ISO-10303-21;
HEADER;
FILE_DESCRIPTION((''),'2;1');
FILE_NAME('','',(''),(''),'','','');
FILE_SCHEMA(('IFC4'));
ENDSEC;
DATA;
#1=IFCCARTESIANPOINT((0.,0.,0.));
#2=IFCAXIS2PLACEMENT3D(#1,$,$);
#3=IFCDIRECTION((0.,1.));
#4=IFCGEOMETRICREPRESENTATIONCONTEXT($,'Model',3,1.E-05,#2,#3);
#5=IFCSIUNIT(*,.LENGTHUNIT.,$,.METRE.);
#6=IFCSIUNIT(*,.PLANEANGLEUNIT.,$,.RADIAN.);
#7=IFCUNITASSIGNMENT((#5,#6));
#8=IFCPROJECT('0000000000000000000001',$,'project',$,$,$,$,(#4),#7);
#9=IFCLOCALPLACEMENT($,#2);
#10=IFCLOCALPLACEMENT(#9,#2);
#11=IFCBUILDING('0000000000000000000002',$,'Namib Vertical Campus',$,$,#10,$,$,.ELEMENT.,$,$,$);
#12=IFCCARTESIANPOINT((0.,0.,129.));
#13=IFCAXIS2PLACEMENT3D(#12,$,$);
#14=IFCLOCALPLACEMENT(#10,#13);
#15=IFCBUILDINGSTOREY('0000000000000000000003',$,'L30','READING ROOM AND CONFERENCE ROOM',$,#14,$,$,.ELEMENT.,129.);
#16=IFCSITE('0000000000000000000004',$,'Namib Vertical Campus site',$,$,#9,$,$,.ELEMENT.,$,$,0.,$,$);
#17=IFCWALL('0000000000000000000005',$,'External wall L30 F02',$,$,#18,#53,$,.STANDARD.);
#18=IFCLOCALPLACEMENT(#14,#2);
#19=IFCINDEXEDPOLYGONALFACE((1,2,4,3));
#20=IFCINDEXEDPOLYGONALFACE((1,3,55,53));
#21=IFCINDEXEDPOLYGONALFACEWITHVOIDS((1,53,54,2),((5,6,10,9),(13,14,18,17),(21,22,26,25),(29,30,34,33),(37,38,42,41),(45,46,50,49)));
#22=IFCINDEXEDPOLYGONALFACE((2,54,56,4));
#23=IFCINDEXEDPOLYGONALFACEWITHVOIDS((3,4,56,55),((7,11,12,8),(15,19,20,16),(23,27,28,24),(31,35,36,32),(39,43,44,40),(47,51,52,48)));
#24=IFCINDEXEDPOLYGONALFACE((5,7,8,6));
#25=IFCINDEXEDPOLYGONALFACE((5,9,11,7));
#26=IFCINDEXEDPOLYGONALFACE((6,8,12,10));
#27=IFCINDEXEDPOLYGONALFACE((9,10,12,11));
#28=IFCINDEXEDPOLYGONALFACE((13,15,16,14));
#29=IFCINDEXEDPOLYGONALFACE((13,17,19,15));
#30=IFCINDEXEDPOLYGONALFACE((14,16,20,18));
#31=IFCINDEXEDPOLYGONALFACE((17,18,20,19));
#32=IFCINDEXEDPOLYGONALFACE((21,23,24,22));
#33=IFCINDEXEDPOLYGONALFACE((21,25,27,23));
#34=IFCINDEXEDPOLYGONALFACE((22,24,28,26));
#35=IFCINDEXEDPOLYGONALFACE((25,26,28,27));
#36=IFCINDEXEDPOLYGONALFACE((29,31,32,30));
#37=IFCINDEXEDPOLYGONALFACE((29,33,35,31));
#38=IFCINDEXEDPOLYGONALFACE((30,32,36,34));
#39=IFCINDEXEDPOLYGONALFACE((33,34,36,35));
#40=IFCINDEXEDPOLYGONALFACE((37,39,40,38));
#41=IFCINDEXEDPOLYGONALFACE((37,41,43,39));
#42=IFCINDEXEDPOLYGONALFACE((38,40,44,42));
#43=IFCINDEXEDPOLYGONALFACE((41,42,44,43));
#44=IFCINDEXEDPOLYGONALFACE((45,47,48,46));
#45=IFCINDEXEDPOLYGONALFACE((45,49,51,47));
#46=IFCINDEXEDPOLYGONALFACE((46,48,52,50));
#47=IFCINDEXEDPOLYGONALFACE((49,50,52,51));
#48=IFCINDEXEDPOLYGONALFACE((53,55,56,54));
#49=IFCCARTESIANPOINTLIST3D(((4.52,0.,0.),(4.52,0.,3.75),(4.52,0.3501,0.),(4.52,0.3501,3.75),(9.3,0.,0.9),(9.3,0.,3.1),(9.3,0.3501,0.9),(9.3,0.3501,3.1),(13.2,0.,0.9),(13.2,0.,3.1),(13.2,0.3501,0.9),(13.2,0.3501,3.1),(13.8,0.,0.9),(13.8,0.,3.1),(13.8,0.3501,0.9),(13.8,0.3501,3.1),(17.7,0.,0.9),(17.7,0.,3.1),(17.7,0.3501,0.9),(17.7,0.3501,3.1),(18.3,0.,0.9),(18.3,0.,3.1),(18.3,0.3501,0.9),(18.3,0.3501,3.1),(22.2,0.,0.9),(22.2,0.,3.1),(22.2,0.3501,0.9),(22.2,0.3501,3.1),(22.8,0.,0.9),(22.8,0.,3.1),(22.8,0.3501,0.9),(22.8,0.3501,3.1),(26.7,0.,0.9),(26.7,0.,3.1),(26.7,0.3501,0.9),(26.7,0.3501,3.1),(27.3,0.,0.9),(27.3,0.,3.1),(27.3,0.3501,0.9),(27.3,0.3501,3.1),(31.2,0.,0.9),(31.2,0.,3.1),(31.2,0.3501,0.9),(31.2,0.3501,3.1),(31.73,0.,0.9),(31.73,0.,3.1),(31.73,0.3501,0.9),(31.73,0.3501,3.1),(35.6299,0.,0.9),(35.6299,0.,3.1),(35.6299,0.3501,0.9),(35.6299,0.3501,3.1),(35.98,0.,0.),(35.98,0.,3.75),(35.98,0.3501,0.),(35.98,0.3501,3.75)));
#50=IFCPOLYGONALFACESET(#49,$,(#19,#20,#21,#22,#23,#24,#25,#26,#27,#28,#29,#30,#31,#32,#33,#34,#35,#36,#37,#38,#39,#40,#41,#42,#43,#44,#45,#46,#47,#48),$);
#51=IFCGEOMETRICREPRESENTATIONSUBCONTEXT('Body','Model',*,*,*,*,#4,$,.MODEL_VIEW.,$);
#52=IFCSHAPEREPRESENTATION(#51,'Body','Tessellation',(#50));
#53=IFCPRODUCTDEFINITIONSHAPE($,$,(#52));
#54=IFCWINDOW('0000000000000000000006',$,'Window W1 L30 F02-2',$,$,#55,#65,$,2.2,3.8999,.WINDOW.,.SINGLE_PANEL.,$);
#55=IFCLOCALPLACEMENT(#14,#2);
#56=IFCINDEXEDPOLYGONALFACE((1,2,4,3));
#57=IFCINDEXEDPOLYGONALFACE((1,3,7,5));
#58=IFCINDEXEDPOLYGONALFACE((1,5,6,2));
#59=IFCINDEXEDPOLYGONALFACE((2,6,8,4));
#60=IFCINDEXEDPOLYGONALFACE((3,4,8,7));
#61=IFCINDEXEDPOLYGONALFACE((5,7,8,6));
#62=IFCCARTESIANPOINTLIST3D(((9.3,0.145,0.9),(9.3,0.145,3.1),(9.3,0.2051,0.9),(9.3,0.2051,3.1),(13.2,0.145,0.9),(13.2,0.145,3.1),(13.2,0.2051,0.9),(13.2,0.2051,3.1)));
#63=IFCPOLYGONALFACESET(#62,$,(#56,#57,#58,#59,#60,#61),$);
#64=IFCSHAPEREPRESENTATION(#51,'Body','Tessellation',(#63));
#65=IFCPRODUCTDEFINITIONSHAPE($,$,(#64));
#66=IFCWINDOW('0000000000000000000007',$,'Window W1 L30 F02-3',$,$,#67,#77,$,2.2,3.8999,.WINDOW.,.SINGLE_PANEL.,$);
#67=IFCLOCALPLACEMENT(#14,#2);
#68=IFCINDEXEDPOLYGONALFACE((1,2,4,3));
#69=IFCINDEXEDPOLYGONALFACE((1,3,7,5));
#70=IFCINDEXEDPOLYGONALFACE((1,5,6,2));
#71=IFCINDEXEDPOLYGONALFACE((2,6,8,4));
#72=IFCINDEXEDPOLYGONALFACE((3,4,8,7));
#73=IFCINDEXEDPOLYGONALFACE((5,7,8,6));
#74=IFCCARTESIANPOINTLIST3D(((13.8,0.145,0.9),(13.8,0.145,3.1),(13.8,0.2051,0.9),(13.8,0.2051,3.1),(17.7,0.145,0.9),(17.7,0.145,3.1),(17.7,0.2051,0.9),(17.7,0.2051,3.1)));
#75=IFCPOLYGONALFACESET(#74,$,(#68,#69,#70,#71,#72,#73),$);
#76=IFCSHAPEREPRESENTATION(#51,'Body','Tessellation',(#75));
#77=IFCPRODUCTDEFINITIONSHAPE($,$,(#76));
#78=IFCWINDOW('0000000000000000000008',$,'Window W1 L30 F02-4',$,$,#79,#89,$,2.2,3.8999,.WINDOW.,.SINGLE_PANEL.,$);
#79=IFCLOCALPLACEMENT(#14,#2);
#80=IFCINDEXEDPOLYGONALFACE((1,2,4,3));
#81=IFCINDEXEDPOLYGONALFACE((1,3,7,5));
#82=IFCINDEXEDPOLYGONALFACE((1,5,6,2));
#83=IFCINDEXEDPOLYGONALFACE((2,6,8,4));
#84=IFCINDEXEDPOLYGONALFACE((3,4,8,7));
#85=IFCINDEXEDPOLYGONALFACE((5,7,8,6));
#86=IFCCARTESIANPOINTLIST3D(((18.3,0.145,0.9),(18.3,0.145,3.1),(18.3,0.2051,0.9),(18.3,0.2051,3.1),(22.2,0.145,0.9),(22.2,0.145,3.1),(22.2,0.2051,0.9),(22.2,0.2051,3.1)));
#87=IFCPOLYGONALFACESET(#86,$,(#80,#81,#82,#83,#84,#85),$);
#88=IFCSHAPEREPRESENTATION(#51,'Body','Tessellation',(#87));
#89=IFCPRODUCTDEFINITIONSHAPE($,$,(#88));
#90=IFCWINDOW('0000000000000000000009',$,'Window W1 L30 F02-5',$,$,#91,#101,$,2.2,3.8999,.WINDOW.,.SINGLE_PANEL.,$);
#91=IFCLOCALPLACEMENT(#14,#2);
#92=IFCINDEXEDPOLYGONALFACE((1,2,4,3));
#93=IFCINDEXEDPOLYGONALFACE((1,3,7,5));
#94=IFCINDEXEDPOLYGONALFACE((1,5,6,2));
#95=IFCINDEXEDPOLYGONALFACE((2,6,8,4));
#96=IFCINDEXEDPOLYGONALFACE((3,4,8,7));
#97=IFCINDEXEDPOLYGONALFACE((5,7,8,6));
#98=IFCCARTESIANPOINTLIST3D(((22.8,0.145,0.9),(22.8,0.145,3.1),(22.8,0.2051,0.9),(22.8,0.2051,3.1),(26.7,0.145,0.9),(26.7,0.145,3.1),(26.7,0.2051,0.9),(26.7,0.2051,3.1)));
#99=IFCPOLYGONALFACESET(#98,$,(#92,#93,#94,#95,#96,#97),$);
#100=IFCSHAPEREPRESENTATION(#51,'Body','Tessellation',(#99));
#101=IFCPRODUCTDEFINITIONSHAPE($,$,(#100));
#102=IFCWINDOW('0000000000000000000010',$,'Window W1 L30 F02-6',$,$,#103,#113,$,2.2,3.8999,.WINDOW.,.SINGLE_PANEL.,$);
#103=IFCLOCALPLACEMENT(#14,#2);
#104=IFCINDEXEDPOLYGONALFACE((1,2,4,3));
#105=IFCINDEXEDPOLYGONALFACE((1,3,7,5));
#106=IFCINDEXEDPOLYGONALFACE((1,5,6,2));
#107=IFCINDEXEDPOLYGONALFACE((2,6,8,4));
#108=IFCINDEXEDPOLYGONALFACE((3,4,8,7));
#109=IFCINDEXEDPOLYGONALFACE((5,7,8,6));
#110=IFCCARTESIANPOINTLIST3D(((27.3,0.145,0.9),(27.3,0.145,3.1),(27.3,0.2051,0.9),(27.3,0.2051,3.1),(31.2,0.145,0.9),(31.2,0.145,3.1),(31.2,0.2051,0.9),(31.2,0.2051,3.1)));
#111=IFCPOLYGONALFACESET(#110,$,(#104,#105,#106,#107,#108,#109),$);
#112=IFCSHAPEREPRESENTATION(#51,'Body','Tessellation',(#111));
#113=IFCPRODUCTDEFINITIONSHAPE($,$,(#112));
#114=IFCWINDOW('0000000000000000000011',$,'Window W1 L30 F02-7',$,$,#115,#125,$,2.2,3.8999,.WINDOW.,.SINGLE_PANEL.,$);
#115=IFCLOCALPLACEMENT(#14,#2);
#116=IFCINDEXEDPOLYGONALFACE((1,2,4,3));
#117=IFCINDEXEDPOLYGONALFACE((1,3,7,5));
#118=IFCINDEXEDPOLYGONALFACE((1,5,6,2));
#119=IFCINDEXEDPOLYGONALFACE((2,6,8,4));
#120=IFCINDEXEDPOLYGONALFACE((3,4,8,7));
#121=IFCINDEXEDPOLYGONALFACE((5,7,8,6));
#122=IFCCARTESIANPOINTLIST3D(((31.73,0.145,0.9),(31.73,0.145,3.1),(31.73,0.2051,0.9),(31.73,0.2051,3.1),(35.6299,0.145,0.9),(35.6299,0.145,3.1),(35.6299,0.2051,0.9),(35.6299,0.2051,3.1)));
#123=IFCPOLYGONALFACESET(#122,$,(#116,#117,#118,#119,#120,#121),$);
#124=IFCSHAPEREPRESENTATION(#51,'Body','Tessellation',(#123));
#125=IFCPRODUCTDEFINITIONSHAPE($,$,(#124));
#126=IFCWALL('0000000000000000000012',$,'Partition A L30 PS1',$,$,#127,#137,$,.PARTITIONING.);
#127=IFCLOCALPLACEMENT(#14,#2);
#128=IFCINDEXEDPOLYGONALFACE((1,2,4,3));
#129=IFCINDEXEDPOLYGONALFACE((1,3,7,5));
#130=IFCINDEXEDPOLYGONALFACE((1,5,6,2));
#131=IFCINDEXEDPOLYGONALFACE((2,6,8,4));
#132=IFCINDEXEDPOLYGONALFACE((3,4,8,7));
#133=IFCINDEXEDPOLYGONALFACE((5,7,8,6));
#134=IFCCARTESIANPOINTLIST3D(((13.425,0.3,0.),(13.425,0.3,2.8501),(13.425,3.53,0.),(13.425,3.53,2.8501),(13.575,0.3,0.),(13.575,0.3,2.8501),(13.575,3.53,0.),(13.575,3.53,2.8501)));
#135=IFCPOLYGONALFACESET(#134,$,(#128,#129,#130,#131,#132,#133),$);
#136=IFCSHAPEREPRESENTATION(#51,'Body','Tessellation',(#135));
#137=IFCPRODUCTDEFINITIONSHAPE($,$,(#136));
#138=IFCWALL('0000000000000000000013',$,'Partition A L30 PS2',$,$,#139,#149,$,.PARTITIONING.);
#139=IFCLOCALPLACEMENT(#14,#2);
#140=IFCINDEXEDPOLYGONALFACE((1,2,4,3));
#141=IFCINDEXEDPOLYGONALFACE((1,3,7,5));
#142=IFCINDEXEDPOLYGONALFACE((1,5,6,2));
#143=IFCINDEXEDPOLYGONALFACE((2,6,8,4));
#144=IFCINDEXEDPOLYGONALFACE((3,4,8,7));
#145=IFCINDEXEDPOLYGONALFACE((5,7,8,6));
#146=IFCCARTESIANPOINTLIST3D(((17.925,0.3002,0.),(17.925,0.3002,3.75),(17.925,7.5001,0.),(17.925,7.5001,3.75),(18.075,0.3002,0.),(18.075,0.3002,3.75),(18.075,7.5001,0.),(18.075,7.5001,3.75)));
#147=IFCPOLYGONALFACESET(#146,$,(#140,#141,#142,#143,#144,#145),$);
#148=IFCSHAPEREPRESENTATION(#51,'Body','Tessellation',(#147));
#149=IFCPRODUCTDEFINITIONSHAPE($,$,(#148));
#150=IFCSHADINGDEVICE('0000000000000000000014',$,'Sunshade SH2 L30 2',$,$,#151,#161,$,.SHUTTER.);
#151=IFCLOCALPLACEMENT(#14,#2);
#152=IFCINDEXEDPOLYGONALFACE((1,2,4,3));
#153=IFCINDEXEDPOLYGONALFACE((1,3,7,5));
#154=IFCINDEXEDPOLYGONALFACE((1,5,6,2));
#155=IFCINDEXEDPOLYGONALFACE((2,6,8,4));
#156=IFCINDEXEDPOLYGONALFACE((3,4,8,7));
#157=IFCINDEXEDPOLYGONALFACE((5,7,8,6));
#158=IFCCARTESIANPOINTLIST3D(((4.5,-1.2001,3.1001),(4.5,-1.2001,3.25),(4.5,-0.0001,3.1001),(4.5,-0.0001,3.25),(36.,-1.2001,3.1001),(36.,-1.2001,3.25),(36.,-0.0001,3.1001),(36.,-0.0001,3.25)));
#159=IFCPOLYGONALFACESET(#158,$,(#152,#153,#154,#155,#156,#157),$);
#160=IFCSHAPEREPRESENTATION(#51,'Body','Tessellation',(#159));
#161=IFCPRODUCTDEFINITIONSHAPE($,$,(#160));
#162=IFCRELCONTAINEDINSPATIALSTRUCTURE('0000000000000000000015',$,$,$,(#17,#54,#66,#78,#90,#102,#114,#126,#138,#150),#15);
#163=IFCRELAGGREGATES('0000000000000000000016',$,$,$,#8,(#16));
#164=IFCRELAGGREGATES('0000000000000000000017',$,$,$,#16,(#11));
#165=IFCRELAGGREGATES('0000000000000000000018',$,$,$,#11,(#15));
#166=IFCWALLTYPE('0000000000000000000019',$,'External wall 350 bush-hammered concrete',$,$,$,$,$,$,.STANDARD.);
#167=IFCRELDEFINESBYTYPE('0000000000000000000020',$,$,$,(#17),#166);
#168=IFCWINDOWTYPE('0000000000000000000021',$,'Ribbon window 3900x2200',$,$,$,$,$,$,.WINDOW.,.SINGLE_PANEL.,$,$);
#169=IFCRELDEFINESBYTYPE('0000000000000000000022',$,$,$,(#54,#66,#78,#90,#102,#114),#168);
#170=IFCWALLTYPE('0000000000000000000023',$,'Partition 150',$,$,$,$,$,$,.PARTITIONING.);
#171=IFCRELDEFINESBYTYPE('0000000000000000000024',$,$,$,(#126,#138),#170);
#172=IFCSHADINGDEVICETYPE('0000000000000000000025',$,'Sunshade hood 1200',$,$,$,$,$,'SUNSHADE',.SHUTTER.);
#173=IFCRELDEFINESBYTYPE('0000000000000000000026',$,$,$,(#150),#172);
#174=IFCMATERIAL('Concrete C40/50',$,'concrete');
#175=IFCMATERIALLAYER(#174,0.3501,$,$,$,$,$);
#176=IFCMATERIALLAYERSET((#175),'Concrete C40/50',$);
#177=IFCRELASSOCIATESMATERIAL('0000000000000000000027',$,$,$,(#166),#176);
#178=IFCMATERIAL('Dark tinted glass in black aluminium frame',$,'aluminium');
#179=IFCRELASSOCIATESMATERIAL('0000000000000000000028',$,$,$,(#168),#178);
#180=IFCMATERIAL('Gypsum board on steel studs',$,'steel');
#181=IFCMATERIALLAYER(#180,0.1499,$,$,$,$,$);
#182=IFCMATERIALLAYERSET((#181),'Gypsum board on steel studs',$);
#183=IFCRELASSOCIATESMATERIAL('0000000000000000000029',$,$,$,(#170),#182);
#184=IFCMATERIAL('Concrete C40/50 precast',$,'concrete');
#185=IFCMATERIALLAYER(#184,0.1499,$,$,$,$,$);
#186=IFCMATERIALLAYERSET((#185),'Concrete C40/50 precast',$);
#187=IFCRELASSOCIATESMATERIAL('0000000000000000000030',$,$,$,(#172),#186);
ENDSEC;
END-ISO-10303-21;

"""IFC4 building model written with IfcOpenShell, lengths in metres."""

from ifc_helpers import new_model, si_unit, direction, frame, frame_2d, origin, origin_2d, place, context, subcontext, project, spatial, rectangle, extrude, material, layer, layer_set, type_object, element, fill, save


model = new_model("IFC4")

# Units and contexts
model_context = context("Model", 3, precision=1e-05, world=origin(), true_north=direction((0.0, 1.0)))
body_context = subcontext(model_context, "Body", "Model", "MODEL_VIEW")
ifc_project = project(units=[si_unit("LENGTHUNIT", "METRE"), si_unit("PLANEANGLEUNIT", "RADIAN")], contexts=[model_context])

# Site, building, storey
site_placement = place(None, origin())
site = spatial("IfcSite", under=ifc_project, at=site_placement, Name="Namib Vertical Campus site", CompositionType="ELEMENT", RefElevation=0.0)
building_placement = place(site_placement, origin())
building = spatial("IfcBuilding", under=site, at=building_placement, Name="Namib Vertical Campus", CompositionType="ELEMENT")
storey_placement = place(building_placement, frame((0.0, 0.0, 129.0)))
storey = spatial("IfcBuildingStorey", under=building, at=storey_placement, Name="L30", Description="READING ROOM AND CONFERENCE ROOM", CompositionType="ELEMENT", Elevation=129.0)

# Shared definitions
ifc_material_1 = material(Name="Concrete C40/50", Category="concrete")
ifc_layer_1 = layer(ifc_material_1, 0.3501)
ifc_layer_set_1 = layer_set([ifc_layer_1], Name="Concrete C40/50")
wall_type_1 = type_object("IfcWallType", Name="External wall 350 bush-hammered concrete", PredefinedType="STANDARD", material=ifc_layer_set_1)

# Wall, openings, windows
wall_1_placement = place(storey_placement, frame((4.52, 0.175, 0.0), z_axis=(0.0, 0.0, 1.0), x_axis=(1.0, 0.0, 0.0)))
wall_1 = element("IfcWall", 1, at=wall_1_placement, inside=storey, type_object=wall_type_1, Name="External wall L30 F02", PredefinedType="STANDARD", context=body_context, shape_type="SweptSolid", body=[
    extrude(rectangle(XDim=31.46, YDim=0.3501, at=frame_2d((15.73, 0.0))), origin(), (0.0, 0.0, 1.0), 3.75),
])
opening_1_placement = place(wall_1_placement, frame((4.78, 0.0, 0.8999)))
opening_1 = element("IfcOpeningElement", 2, at=opening_1_placement, cuts=wall_1, PredefinedType="OPENING", context=body_context, shape_type="SweptSolid", body=[
    extrude(rectangle(XDim=3.8999, YDim=2.2, at=frame_2d((1.95, 1.1001))), frame((0.0, 0.1851, 0.0), z_axis=(0.0, -1.0, 0.0), x_axis=(1.0, 0.0, 0.0)), (0.0, 0.0, 1.0), 0.3701),
])
opening_2_placement = place(wall_1_placement, frame((9.28, 0.0, 0.8999)))
opening_2 = element("IfcOpeningElement", 3, at=opening_2_placement, cuts=wall_1, PredefinedType="OPENING", context=body_context, shape_type="SweptSolid", body=[
    extrude(rectangle(XDim=3.8999, YDim=2.2, at=frame_2d((1.95, 1.1001))), frame((0.0, 0.1851, 0.0), z_axis=(0.0, -1.0, 0.0), x_axis=(1.0, 0.0, 0.0)), (0.0, 0.0, 1.0), 0.3701),
])
opening_3_placement = place(wall_1_placement, frame((13.78, 0.0, 0.8999)))
opening_3 = element("IfcOpeningElement", 4, at=opening_3_placement, cuts=wall_1, PredefinedType="OPENING", context=body_context, shape_type="SweptSolid", body=[
    extrude(rectangle(XDim=3.8999, YDim=2.2, at=frame_2d((1.95, 1.1001))), frame((0.0, 0.1851, 0.0), z_axis=(0.0, -1.0, 0.0), x_axis=(1.0, 0.0, 0.0)), (0.0, 0.0, 1.0), 0.3701),
])
opening_4_placement = place(wall_1_placement, frame((18.28, 0.0, 0.8999)))
opening_4 = element("IfcOpeningElement", 5, at=opening_4_placement, cuts=wall_1, PredefinedType="OPENING", context=body_context, shape_type="SweptSolid", body=[
    extrude(rectangle(XDim=3.8999, YDim=2.2, at=frame_2d((1.95, 1.1001))), frame((0.0, 0.1851, 0.0), z_axis=(0.0, -1.0, 0.0), x_axis=(1.0, 0.0, 0.0)), (0.0, 0.0, 1.0), 0.3701),
])
opening_5_placement = place(wall_1_placement, frame((22.78, 0.0, 0.8999)))
opening_5 = element("IfcOpeningElement", 6, at=opening_5_placement, cuts=wall_1, PredefinedType="OPENING", context=body_context, shape_type="SweptSolid", body=[
    extrude(rectangle(XDim=3.8999, YDim=2.2, at=frame_2d((1.95, 1.1001))), frame((0.0, 0.1851, 0.0), z_axis=(0.0, -1.0, 0.0), x_axis=(1.0, 0.0, 0.0)), (0.0, 0.0, 1.0), 0.3701),
])
opening_6_placement = place(wall_1_placement, frame((27.21, 0.0, 0.8999)))
opening_6 = element("IfcOpeningElement", 7, at=opening_6_placement, cuts=wall_1, PredefinedType="OPENING", context=body_context, shape_type="SweptSolid", body=[
    extrude(rectangle(XDim=3.8999, YDim=2.2, at=frame_2d((1.95, 1.1001))), frame((0.0, 0.1851, 0.0), z_axis=(0.0, -1.0, 0.0), x_axis=(1.0, 0.0, 0.0)), (0.0, 0.0, 1.0), 0.3701),
])
ifc_material_2 = material(Name="Dark tinted glass in black aluminium frame", Category="aluminium")
window_type = type_object("IfcWindowType", Name="Ribbon window 3900x2200", PartitioningType="SINGLE_PANEL", PredefinedType="WINDOW", material=ifc_material_2)
window_1_placement = place(opening_1_placement, origin())
window_1 = element("IfcWindow", 8, at=window_1_placement, inside=storey, type_object=window_type, Name="Window W1 L30 F02-2", OverallHeight=2.2, OverallWidth=3.8999, PartitioningType="SINGLE_PANEL", PredefinedType="WINDOW", context=body_context, shape_type="SweptSolid", body=[
    extrude(rectangle(XDim=3.8999, YDim=2.2, at=frame_2d((1.95, 1.1001))), frame((0.0, 0.03, 0.0), z_axis=(0.0, -1.0, 0.0), x_axis=(1.0, 0.0, 0.0)), (0.0, 0.0, 1.0), 0.0601),
])
fill(opening_1, window_1)
window_2_placement = place(opening_2_placement, origin())
window_2 = element("IfcWindow", 9, at=window_2_placement, inside=storey, type_object=window_type, Name="Window W1 L30 F02-3", OverallHeight=2.2, OverallWidth=3.8999, PartitioningType="SINGLE_PANEL", PredefinedType="WINDOW", context=body_context, shape_type="SweptSolid", body=[
    extrude(rectangle(XDim=3.8999, YDim=2.2, at=frame_2d((1.95, 1.1001))), frame((0.0, 0.03, 0.0), z_axis=(0.0, -1.0, 0.0), x_axis=(1.0, 0.0, 0.0)), (0.0, 0.0, 1.0), 0.0601),
])
fill(opening_2, window_2)
window_3_placement = place(opening_3_placement, origin())
window_3 = element("IfcWindow", 10, at=window_3_placement, inside=storey, type_object=window_type, Name="Window W1 L30 F02-4", OverallHeight=2.2, OverallWidth=3.8999, PartitioningType="SINGLE_PANEL", PredefinedType="WINDOW", context=body_context, shape_type="SweptSolid", body=[
    extrude(rectangle(XDim=3.8999, YDim=2.2, at=frame_2d((1.95, 1.1001))), frame((0.0, 0.03, 0.0), z_axis=(0.0, -1.0, 0.0), x_axis=(1.0, 0.0, 0.0)), (0.0, 0.0, 1.0), 0.0601),
])
fill(opening_3, window_3)
window_4_placement = place(opening_4_placement, origin())
window_4 = element("IfcWindow", 11, at=window_4_placement, inside=storey, type_object=window_type, Name="Window W1 L30 F02-5", OverallHeight=2.2, OverallWidth=3.8999, PartitioningType="SINGLE_PANEL", PredefinedType="WINDOW", context=body_context, shape_type="SweptSolid", body=[
    extrude(rectangle(XDim=3.8999, YDim=2.2, at=frame_2d((1.95, 1.1001))), frame((0.0, 0.03, 0.0), z_axis=(0.0, -1.0, 0.0), x_axis=(1.0, 0.0, 0.0)), (0.0, 0.0, 1.0), 0.0601),
])
fill(opening_4, window_4)
window_5_placement = place(opening_5_placement, origin())
window_5 = element("IfcWindow", 12, at=window_5_placement, inside=storey, type_object=window_type, Name="Window W1 L30 F02-6", OverallHeight=2.2, OverallWidth=3.8999, PartitioningType="SINGLE_PANEL", PredefinedType="WINDOW", context=body_context, shape_type="SweptSolid", body=[
    extrude(rectangle(XDim=3.8999, YDim=2.2, at=frame_2d((1.95, 1.1001))), frame((0.0, 0.03, 0.0), z_axis=(0.0, -1.0, 0.0), x_axis=(1.0, 0.0, 0.0)), (0.0, 0.0, 1.0), 0.0601),
])
fill(opening_5, window_5)
window_6_placement = place(opening_6_placement, origin())
window_6 = element("IfcWindow", 13, at=window_6_placement, inside=storey, type_object=window_type, Name="Window W1 L30 F02-7", OverallHeight=2.2, OverallWidth=3.8999, PartitioningType="SINGLE_PANEL", PredefinedType="WINDOW", context=body_context, shape_type="SweptSolid", body=[
    extrude(rectangle(XDim=3.8999, YDim=2.2, at=frame_2d((1.95, 1.1001))), frame((0.0, 0.03, 0.0), z_axis=(0.0, -1.0, 0.0), x_axis=(1.0, 0.0, 0.0)), (0.0, 0.0, 1.0), 0.0601),
])
fill(opening_6, window_6)

# Walls
ifc_material_3 = material(Name="Gypsum board on steel studs", Category="steel")
ifc_layer_2 = layer(ifc_material_3, 0.1499)
ifc_layer_set_2 = layer_set([ifc_layer_2], Name="Gypsum board on steel studs")
wall_type_2 = type_object("IfcWallType", Name="Partition 150", PredefinedType="PARTITIONING", material=ifc_layer_set_2)
wall_2_placement = place(storey_placement, frame((13.5, 0.3, 0.0), z_axis=(0.0, 0.0, 1.0), x_axis=(0.0, 1.0, 0.0)))
element("IfcWall", 14, at=wall_2_placement, inside=storey, type_object=wall_type_2, Name="Partition A L30 PS1", PredefinedType="PARTITIONING", context=body_context, shape_type="SweptSolid", body=[
    extrude(rectangle(XDim=3.23, YDim=0.1499, at=frame_2d((1.615, 0.0))), origin(), (0.0, 0.0, 1.0), 2.8501),
])
wall_3_placement = place(storey_placement, frame((18.0, 0.3, 0.0), z_axis=(0.0, 0.0, 1.0), x_axis=(0.0, 1.0, 0.0)))
element("IfcWall", 15, at=wall_3_placement, inside=storey, type_object=wall_type_2, Name="Partition A L30 PS2", PredefinedType="PARTITIONING", context=body_context, shape_type="SweptSolid", body=[
    extrude(rectangle(XDim=7.2, YDim=0.1499, at=frame_2d((3.6001, 0.0))), origin(), (0.0, 0.0, 1.0), 3.75),
])

# Shading device
ifc_material_4 = material(Name="Concrete C40/50 precast", Category="concrete")
ifc_layer_3 = layer(ifc_material_4, 0.1499)
ifc_layer_set_3 = layer_set([ifc_layer_3], Name="Concrete C40/50 precast")
shading_device_type = type_object("IfcShadingDeviceType", Name="Sunshade hood 1200", ElementType="SUNSHADE", PredefinedType="SHUTTER", material=ifc_layer_set_3)
shading_device_placement = place(storey_placement, frame((20.25, -0.6001, 3.1001), z_axis=(0.0, 0.0, 1.0), x_axis=(1.0, 0.0, 0.0)))
element("IfcShadingDevice", 16, at=shading_device_placement, inside=storey, type_object=shading_device_type, Name="Sunshade SH2 L30 2", PredefinedType="SHUTTER", context=body_context, shape_type="SweptSolid", body=[
    extrude(rectangle(XDim=31.5, YDim=1.2, at=origin_2d()), origin(), (0.0, 0.0, 1.0), 0.1499),
])

save(model, "model.ifc")
